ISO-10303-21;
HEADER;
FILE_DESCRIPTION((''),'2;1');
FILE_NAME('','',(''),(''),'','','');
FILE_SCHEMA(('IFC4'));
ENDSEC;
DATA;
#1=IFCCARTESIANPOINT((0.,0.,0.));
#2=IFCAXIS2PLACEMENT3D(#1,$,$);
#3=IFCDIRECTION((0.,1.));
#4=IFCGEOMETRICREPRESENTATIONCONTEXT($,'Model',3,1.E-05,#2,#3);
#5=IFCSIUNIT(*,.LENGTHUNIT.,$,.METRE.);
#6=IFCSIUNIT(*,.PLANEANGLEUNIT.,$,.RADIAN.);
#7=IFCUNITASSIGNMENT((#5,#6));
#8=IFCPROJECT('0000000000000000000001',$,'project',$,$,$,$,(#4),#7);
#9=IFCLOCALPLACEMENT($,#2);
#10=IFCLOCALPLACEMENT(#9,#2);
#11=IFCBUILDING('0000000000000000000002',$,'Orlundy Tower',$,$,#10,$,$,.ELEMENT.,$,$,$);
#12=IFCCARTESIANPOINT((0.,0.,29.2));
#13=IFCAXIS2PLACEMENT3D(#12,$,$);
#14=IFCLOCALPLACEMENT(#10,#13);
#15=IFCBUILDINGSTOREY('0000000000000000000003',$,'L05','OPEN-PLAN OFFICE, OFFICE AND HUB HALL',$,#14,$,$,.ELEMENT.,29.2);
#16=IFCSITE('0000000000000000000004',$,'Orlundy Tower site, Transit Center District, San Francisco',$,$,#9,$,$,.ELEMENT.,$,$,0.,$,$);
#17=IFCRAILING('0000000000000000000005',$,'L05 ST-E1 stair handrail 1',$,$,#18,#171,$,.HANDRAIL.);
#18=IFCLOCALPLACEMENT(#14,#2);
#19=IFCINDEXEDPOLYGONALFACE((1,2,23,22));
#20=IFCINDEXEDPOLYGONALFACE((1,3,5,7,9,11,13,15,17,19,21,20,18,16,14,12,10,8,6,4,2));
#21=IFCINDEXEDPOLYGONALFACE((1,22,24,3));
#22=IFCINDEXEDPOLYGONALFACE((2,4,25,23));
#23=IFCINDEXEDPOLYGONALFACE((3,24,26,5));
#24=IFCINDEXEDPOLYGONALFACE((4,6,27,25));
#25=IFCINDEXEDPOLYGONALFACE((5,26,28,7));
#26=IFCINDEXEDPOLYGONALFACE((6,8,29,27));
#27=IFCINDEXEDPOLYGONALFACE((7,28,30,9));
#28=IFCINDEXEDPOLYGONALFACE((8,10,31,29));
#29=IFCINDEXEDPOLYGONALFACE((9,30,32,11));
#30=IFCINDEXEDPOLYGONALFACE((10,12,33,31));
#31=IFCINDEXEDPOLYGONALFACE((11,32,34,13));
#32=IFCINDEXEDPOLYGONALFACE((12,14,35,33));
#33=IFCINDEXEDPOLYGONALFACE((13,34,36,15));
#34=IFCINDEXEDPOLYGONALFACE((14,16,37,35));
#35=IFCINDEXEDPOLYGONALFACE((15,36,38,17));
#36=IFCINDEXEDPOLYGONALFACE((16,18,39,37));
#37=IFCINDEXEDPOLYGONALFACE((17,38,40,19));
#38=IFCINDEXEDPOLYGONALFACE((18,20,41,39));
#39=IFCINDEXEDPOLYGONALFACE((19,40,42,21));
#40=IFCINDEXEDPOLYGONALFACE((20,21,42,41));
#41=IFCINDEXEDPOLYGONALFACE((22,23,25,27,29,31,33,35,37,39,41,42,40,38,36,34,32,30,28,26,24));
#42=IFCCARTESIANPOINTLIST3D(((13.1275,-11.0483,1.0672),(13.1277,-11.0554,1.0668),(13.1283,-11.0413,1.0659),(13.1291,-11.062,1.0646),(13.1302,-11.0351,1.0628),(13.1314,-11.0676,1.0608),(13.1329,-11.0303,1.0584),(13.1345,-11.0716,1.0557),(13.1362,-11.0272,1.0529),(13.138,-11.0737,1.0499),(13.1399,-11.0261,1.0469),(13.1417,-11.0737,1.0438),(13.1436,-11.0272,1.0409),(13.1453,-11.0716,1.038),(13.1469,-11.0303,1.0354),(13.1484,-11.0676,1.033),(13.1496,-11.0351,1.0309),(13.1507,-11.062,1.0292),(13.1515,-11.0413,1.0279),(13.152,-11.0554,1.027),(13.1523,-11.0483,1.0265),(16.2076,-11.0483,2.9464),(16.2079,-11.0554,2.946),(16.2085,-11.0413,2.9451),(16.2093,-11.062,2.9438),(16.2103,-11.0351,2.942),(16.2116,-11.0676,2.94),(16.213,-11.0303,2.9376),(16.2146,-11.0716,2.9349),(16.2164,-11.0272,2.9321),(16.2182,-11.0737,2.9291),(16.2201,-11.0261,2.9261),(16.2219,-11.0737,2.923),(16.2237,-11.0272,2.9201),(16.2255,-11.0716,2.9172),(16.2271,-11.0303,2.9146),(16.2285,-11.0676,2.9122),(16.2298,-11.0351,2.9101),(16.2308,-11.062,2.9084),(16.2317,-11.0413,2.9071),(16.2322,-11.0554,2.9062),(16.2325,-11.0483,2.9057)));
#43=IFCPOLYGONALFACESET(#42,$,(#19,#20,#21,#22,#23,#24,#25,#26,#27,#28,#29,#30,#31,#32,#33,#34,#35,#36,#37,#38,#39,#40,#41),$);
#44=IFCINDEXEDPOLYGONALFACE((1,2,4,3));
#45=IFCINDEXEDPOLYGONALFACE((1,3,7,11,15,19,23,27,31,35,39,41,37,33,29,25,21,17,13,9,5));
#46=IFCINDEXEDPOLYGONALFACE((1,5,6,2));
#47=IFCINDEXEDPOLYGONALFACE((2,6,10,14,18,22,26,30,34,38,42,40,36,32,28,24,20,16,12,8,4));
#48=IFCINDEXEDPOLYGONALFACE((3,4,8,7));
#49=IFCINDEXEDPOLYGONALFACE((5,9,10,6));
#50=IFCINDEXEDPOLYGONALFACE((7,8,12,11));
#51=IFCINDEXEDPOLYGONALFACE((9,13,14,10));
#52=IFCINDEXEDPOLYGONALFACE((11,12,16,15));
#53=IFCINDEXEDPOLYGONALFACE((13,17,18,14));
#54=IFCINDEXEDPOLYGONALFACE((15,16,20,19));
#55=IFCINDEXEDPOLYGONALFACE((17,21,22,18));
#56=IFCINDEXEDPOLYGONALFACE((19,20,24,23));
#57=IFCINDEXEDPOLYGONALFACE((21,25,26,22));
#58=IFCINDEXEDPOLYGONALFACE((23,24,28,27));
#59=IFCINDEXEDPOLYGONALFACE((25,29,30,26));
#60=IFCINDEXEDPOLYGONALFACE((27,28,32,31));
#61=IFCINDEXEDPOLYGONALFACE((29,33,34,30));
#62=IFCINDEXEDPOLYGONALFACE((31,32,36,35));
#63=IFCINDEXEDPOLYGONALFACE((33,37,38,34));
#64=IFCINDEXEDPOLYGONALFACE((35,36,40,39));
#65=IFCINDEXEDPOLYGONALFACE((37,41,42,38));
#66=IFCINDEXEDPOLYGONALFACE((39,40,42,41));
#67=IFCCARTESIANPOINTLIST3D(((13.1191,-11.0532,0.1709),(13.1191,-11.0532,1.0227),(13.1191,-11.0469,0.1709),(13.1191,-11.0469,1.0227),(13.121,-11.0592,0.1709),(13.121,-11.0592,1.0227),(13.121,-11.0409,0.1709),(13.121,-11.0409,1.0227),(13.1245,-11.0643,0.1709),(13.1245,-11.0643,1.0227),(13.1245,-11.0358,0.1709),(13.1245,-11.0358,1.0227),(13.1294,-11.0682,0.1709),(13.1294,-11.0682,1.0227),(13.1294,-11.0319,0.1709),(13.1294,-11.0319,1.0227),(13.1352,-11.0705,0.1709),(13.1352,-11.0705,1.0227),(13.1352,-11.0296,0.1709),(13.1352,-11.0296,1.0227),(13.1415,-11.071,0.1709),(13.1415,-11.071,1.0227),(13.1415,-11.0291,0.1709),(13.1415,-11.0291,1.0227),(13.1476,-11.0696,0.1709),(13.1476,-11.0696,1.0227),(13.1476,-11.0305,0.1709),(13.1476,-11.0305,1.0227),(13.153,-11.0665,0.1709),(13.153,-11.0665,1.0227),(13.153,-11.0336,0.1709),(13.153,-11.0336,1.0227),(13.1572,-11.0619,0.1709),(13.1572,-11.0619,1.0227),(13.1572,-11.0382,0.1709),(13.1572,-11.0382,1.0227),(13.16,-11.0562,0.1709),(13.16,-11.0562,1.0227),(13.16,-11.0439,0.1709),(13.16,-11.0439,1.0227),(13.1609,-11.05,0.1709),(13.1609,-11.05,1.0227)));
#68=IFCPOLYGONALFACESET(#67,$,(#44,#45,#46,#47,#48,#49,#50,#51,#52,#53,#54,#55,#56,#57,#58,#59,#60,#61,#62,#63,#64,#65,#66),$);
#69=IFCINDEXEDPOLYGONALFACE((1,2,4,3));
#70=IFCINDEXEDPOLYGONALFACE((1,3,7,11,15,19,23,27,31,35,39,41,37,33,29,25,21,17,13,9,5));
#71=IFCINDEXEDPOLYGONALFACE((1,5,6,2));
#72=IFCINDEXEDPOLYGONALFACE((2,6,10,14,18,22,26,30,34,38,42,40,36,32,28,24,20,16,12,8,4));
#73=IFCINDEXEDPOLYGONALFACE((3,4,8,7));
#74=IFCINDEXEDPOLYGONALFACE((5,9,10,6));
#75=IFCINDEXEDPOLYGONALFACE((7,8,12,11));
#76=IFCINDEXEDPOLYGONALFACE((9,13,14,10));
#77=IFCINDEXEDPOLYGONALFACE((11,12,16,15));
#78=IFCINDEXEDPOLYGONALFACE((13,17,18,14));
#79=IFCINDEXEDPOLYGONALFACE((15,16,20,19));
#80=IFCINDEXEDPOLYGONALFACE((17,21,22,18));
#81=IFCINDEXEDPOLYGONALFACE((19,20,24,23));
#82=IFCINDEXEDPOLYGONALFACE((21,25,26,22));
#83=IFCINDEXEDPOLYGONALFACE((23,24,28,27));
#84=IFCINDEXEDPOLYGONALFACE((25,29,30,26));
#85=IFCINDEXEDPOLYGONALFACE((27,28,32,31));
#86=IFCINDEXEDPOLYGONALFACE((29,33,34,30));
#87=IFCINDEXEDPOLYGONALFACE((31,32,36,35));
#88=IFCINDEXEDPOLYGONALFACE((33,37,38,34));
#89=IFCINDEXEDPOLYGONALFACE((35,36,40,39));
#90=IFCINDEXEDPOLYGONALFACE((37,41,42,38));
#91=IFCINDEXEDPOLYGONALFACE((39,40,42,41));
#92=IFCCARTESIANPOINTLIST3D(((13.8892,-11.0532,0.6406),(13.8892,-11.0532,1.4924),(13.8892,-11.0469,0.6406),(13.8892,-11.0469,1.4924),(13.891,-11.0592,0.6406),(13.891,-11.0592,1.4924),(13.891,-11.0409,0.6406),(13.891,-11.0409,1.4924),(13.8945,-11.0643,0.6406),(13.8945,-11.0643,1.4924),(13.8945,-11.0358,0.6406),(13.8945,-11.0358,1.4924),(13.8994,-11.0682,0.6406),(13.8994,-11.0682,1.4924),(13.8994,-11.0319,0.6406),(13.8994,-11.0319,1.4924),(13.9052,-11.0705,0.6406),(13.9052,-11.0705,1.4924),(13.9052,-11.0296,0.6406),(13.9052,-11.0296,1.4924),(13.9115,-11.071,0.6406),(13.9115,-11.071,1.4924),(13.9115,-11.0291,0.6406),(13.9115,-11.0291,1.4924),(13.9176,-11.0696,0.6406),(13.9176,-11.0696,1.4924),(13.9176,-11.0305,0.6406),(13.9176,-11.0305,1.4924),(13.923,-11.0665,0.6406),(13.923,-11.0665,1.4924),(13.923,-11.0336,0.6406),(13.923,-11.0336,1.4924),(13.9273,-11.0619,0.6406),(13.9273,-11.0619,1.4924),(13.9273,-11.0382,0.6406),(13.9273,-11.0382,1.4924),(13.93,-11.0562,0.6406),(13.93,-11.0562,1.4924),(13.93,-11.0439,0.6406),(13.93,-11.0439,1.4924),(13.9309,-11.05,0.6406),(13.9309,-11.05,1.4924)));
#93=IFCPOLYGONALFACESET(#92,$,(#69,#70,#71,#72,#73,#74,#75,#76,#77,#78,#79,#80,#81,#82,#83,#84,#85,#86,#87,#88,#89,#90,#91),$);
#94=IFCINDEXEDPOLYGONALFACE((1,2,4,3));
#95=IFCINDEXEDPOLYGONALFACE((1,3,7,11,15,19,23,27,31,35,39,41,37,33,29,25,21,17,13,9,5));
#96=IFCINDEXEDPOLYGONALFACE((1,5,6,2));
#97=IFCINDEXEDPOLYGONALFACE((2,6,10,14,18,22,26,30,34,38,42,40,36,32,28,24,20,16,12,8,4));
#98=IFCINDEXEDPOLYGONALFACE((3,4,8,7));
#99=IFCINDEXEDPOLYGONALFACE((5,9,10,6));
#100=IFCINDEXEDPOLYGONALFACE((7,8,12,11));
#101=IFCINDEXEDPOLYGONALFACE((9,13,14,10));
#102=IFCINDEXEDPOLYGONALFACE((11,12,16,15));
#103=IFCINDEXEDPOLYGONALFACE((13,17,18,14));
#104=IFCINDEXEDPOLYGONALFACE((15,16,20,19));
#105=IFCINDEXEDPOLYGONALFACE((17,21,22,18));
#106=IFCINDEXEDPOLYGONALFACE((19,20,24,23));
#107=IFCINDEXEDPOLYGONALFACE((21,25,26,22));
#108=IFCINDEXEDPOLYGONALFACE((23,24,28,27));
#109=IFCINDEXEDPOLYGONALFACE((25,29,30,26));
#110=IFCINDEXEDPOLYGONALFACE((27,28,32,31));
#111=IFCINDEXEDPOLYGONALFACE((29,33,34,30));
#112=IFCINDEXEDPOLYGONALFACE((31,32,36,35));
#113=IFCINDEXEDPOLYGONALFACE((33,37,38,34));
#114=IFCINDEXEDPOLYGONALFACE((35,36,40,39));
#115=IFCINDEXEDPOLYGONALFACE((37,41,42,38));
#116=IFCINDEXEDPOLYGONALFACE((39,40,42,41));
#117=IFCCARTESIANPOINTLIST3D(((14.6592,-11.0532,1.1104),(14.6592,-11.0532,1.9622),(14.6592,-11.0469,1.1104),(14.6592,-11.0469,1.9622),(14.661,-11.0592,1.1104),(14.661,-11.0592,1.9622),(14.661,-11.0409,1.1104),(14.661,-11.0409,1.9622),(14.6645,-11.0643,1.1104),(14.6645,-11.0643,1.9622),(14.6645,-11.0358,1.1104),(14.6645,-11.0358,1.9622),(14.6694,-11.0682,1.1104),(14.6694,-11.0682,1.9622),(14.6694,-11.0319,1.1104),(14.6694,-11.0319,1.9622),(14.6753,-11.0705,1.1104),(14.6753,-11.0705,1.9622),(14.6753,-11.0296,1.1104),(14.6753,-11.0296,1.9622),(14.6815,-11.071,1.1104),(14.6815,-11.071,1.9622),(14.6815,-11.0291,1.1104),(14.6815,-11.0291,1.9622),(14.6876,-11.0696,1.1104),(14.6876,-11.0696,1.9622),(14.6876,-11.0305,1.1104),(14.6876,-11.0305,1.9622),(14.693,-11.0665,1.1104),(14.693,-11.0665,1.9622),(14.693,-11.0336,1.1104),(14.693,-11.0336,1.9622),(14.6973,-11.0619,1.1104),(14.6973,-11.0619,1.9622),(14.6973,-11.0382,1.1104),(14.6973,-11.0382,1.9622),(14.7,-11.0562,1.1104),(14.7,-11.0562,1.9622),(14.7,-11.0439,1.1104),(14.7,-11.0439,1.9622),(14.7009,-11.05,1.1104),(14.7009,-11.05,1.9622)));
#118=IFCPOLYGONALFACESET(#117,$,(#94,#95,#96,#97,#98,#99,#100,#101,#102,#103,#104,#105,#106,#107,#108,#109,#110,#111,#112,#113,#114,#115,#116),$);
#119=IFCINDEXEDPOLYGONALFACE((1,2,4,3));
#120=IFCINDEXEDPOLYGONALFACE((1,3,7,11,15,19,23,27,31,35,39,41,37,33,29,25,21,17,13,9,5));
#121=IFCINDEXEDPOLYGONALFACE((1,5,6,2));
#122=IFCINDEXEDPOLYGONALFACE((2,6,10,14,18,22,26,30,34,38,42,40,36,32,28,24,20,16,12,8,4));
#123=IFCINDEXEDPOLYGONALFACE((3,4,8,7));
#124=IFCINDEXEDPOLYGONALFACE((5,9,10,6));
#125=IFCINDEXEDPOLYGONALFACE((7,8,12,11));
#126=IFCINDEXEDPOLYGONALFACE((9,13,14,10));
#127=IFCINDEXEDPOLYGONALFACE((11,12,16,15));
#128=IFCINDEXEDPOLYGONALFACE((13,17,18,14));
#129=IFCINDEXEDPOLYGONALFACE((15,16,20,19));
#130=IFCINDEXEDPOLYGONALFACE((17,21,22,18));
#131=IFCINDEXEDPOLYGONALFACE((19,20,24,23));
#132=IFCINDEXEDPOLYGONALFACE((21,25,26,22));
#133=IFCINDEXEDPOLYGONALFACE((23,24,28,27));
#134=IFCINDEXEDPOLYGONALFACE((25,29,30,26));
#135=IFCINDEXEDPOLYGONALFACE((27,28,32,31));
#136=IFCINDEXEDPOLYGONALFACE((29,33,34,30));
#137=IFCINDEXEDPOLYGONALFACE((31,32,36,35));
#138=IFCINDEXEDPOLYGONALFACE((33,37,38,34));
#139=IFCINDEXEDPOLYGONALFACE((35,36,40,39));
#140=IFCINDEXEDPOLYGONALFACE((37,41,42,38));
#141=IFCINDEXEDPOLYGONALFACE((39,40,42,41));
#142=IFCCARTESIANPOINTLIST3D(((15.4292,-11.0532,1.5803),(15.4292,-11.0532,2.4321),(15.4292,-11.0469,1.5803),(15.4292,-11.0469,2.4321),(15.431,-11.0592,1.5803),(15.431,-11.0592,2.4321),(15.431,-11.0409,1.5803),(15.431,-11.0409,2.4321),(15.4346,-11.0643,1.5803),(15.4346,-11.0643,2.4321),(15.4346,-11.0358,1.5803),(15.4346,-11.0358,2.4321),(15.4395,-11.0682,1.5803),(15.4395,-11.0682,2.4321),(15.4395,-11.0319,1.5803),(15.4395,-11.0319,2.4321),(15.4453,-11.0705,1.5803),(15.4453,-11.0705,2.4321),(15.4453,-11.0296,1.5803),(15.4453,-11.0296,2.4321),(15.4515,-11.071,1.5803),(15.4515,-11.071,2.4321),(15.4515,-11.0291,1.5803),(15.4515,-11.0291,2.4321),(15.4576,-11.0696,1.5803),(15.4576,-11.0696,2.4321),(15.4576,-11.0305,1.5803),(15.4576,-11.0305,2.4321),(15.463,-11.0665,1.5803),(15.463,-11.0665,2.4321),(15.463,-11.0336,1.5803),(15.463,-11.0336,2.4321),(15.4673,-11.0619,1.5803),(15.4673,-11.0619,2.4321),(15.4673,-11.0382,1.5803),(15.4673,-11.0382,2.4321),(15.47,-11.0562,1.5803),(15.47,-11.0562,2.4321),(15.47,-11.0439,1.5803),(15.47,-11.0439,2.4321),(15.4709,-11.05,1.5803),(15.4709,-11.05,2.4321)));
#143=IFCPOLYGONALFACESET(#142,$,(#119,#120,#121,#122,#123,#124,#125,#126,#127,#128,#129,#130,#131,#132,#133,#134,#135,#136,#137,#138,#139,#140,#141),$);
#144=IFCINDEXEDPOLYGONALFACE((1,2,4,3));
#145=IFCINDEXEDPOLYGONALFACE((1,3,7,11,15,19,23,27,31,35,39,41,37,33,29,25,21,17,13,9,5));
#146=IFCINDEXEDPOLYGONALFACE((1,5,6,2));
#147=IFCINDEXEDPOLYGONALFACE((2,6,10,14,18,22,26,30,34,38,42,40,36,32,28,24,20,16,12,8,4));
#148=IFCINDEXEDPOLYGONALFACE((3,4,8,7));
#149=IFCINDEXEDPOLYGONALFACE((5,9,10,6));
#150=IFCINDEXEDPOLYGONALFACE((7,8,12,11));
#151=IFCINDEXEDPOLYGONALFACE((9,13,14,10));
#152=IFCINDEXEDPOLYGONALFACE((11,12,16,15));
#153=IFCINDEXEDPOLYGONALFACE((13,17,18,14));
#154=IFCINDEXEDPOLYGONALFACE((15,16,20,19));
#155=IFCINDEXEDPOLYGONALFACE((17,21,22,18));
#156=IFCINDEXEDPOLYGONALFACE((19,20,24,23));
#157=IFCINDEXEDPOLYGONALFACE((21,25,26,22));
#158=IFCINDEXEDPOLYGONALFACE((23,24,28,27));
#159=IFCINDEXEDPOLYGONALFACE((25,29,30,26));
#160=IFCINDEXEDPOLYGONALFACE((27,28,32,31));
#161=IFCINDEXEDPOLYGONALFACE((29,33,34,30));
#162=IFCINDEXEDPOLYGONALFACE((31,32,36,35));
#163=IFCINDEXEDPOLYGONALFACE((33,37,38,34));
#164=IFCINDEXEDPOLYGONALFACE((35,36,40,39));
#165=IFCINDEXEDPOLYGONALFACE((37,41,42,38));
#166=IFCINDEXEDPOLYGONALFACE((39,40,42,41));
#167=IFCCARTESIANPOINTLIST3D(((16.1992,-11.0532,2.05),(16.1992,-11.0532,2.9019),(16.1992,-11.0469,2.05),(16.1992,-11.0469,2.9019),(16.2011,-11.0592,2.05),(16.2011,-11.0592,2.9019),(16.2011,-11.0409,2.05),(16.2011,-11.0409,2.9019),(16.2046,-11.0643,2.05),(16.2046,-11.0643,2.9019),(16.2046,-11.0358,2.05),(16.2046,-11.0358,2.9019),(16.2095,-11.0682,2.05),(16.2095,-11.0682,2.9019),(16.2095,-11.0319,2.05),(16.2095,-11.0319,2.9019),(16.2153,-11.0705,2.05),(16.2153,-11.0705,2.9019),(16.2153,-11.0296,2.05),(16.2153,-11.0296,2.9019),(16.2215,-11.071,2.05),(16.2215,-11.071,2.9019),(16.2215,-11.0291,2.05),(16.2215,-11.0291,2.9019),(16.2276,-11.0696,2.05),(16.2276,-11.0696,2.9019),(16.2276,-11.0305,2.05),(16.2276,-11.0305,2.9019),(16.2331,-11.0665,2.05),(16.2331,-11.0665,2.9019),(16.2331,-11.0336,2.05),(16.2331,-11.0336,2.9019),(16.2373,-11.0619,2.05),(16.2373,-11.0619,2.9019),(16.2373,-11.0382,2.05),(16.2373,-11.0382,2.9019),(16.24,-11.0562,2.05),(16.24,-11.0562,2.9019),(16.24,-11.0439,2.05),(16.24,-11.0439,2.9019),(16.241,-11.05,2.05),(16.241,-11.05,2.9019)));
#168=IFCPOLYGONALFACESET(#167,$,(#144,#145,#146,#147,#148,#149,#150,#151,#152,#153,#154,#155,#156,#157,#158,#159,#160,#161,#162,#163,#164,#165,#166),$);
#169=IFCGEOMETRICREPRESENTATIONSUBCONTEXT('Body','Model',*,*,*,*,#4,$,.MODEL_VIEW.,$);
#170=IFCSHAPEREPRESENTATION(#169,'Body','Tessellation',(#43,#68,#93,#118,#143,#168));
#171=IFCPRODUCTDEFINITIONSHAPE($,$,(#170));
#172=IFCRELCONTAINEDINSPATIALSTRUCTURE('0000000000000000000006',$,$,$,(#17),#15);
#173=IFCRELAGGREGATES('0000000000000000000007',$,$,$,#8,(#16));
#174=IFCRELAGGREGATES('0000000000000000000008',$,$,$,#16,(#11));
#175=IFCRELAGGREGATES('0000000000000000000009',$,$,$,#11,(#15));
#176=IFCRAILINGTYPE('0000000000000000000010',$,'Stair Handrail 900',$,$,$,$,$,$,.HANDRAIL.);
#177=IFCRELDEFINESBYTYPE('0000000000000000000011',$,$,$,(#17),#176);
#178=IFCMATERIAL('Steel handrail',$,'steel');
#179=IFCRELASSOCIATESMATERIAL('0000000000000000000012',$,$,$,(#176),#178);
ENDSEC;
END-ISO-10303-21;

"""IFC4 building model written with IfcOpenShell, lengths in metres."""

from ifc_helpers import new_model, si_unit, direction, frame, origin, origin_2d, place, context, subcontext, project, spatial, circle, extrude, material, type_object, element, save


model = new_model("IFC4")

# Units and contexts
model_context = context("Model", 3, precision=1e-05, world=origin(), true_north=direction((0.0, 1.0)))
body_context = subcontext(model_context, "Body", "Model", "MODEL_VIEW")
ifc_project = project(units=[si_unit("LENGTHUNIT", "METRE"), si_unit("PLANEANGLEUNIT", "RADIAN")], contexts=[model_context])

# Site, building, storey
site_placement = place(None, origin())
site = spatial("IfcSite", under=ifc_project, at=site_placement, Name="Orlundy Tower site, Transit Center District, San Francisco", CompositionType="ELEMENT", RefElevation=0.0)
building_placement = place(site_placement, origin())
building = spatial("IfcBuilding", under=site, at=building_placement, Name="Orlundy Tower", CompositionType="ELEMENT")
storey_placement = place(building_placement, frame((0.0, 0.0, 29.2)))
storey = spatial("IfcBuildingStorey", under=building, at=storey_placement, Name="L05", Description="OPEN-PLAN OFFICE, OFFICE AND HUB HALL", CompositionType="ELEMENT", Elevation=29.2)

# Railing
ifc_material_1 = material(Name="Steel handrail", Category="steel")
railing_type_1 = type_object("IfcRailingType", Name="Stair Handrail 900", PredefinedType="HANDRAIL", material=ifc_material_1)
railing_1_placement = place(storey_placement, frame((13.1399, -11.05, 0.1709)))
element("IfcRailing", 1, at=railing_1_placement, inside=storey, type_object=railing_type_1, Name="L05 ST-E1 stair handrail 1", PredefinedType="HANDRAIL", context=body_context, shape_type="SweptSolid", body=[
    extrude(circle(Radius=0.0239, at=origin_2d()), frame((0.0, 0.0, 0.876), z_axis=(0.853666, 0.0, 0.52082), x_axis=(0.0, 1.0, 0.0)), (0.0, 0.0, 1.0), 3.6082),
    extrude(circle(Radius=0.021, at=origin_2d()), origin(), (0.0, 0.0, 1.0), 0.8518),
    extrude(circle(Radius=0.021, at=origin_2d()), frame((0.77, 0.0, 0.4697)), (0.0, 0.0, 1.0), 0.8518),
    extrude(circle(Radius=0.021, at=origin_2d()), frame((1.54, 0.0, 0.9395)), (0.0, 0.0, 1.0), 0.8518),
    extrude(circle(Radius=0.021, at=origin_2d()), frame((2.3101, 0.0, 1.4094)), (0.0, 0.0, 1.0), 0.8518),
    extrude(circle(Radius=0.021, at=origin_2d()), frame((3.0801, 0.0, 1.8792)), (0.0, 0.0, 1.0), 0.8518),
])

save(model, "model.ifc")
